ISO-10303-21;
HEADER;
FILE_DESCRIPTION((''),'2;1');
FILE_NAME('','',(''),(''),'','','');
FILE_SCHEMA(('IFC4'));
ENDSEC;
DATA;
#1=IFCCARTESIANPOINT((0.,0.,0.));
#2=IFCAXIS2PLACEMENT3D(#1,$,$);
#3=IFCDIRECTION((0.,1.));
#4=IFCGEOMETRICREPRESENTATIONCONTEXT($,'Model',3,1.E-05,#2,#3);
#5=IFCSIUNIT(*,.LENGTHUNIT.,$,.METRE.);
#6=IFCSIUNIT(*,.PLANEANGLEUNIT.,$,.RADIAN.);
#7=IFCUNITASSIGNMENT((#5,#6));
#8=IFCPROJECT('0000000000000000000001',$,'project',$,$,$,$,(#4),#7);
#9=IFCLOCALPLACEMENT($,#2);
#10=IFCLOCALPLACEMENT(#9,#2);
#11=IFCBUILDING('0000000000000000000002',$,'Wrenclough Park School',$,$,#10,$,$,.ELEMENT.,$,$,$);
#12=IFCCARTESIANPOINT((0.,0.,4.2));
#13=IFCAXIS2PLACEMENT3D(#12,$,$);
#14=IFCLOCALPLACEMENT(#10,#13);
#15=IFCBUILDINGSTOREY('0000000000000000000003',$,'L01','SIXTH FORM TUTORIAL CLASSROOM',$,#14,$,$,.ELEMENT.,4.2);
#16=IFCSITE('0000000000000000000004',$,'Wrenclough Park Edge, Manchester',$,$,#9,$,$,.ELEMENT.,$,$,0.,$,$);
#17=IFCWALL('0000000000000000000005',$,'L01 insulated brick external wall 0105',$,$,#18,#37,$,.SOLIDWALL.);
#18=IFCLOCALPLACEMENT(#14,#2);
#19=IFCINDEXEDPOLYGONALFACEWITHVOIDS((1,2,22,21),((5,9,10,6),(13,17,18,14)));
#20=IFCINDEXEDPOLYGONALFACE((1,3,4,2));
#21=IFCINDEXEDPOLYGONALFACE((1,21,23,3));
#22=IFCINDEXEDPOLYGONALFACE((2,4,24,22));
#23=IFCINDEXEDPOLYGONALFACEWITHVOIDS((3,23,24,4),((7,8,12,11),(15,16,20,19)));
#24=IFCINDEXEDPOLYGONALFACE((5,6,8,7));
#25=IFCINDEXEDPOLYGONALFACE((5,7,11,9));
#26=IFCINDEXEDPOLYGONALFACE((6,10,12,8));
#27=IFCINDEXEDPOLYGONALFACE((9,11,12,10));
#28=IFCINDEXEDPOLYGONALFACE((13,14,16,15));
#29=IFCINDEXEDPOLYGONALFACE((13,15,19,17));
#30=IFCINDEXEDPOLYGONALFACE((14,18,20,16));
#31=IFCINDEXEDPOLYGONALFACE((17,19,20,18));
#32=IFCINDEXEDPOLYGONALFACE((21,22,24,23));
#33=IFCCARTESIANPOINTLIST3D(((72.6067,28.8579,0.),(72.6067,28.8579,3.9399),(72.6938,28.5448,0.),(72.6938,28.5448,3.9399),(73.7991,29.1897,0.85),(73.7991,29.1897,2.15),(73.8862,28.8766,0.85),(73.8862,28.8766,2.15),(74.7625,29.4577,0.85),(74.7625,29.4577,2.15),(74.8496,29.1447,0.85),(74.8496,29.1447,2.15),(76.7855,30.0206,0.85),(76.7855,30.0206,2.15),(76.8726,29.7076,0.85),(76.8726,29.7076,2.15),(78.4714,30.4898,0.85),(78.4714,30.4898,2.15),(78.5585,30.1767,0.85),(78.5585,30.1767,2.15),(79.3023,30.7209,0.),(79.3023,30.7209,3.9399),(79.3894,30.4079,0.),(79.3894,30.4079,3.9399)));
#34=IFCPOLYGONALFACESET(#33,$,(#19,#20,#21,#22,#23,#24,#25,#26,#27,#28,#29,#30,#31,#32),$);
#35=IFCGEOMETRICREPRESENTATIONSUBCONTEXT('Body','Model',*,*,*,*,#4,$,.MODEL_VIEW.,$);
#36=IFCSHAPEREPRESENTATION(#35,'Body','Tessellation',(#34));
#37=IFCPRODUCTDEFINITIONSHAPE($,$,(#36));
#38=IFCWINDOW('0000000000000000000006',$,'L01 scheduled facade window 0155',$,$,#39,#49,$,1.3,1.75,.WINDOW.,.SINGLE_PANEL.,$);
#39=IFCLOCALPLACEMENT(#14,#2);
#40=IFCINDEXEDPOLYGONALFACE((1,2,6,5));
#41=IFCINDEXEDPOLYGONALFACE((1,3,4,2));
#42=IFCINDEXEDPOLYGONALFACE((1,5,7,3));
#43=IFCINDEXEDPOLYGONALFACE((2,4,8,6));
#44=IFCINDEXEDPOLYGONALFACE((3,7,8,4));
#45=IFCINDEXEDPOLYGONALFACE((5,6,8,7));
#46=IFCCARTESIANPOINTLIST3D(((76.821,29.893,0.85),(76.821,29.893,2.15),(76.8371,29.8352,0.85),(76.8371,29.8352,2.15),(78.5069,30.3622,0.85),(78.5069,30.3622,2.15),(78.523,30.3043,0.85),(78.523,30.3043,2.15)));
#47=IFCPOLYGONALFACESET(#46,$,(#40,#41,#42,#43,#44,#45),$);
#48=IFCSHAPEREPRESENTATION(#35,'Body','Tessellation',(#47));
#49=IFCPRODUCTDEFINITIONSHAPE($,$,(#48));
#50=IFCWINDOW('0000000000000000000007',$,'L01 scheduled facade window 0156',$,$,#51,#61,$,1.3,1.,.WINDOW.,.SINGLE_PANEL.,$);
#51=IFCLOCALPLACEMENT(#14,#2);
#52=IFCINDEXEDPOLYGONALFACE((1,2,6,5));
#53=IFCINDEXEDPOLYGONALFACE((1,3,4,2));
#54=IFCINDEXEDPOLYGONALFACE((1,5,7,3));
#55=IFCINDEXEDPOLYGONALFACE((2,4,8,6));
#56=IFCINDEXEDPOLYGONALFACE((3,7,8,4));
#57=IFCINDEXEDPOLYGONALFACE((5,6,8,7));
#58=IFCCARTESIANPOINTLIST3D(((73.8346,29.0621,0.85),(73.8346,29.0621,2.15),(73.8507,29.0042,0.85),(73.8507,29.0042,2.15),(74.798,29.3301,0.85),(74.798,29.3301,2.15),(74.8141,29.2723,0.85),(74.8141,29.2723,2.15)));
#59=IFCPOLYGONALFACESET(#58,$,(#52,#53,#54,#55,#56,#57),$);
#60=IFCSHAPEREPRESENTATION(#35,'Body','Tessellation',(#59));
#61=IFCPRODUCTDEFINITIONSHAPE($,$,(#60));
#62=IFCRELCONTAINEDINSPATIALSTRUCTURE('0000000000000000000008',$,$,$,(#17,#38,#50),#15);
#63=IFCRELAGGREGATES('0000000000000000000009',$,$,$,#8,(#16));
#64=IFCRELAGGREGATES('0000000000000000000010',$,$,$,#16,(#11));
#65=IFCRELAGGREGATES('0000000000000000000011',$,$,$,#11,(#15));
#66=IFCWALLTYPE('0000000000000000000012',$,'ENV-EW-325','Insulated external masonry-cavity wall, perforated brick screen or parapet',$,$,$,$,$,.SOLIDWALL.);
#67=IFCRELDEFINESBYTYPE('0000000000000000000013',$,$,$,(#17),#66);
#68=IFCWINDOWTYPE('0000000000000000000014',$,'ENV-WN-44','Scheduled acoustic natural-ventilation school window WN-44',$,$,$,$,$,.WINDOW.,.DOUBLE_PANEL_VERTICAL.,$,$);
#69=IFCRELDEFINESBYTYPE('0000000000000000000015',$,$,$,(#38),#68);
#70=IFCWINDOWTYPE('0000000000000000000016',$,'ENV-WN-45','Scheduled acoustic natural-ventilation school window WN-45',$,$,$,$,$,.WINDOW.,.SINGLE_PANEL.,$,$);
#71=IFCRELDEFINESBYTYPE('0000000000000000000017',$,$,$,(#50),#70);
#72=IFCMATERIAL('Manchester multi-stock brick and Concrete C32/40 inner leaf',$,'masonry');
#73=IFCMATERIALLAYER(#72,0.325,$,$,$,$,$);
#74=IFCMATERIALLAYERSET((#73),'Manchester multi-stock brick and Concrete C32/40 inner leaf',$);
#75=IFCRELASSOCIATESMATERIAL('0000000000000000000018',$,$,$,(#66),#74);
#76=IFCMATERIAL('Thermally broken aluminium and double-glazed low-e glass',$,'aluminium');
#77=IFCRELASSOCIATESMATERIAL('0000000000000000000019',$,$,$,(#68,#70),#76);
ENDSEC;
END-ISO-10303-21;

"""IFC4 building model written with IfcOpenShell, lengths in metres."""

from ifc_helpers import new_model, si_unit, direction, frame, frame_2d, origin, place, context, subcontext, project, spatial, rectangle, extrude, material, layer, layer_set, type_object, element, fill, save


model = new_model("IFC4")

# Units and contexts
model_context = context("Model", 3, precision=1e-05, world=origin(), true_north=direction((0.0, 1.0)))
body_context = subcontext(model_context, "Body", "Model", "MODEL_VIEW")
ifc_project = project(units=[si_unit("LENGTHUNIT", "METRE"), si_unit("PLANEANGLEUNIT", "RADIAN")], contexts=[model_context])

# Site, building, storey
site_placement = place(None, origin())
site = spatial("IfcSite", under=ifc_project, at=site_placement, Name="Wrenclough Park Edge, Manchester", CompositionType="ELEMENT", RefElevation=0.0)
building_placement = place(site_placement, origin())
building = spatial("IfcBuilding", under=site, at=building_placement, Name="Wrenclough Park School", CompositionType="ELEMENT")
storey_placement = place(building_placement, frame((0.0, 0.0, 4.2)))
storey = spatial("IfcBuildingStorey", under=building, at=storey_placement, Name="L01", Description="SIXTH FORM TUTORIAL CLASSROOM", CompositionType="ELEMENT", Elevation=4.2)

# Wall, openings, windows
ifc_material_1 = material(Name="Manchester multi-stock brick and Concrete C32/40 inner leaf", Category="masonry")
ifc_layer_1 = layer(ifc_material_1, 0.325)
ifc_layer_set_1 = layer_set([ifc_layer_1], Name="Manchester multi-stock brick and Concrete C32/40 inner leaf")
wall_type = type_object("IfcWallType", Name="ENV-EW-325", Description="Insulated external masonry-cavity wall, perforated brick screen or parapet", PredefinedType="SOLIDWALL", material=ifc_layer_set_1)
wall_placement = place(storey_placement, frame((79.3459, 30.5645, 0.0), z_axis=(0.0, 0.0, 1.0), x_axis=(-0.963401, -0.268066, 0.0)))
wall = element("IfcWall", 1, at=wall_placement, inside=storey, type_object=wall_type, Name="L01 insulated brick external wall 0105", PredefinedType="SOLIDWALL", context=body_context, shape_type="SweptSolid", body=[
    extrude(rectangle(XDim=6.95, YDim=0.325, at=frame_2d((3.4751, 0.0))), origin(), (0.0, 0.0, 1.0), 3.9399),
])
opening_1_placement = place(wall_placement, frame((0.8625, 0.0, 0.8501)))
opening_1 = element("IfcOpeningElement", 2, at=opening_1_placement, cuts=wall, PredefinedType="OPENING", context=body_context, shape_type="SweptSolid", body=[
    extrude(rectangle(XDim=1.75, YDim=1.3, at=frame_2d((0.875, 0.6499))), frame((0.0, 0.1724, 0.0), z_axis=(0.0, -1.0, 0.0), x_axis=(1.0, 0.0, 0.0)), (0.0, 0.0, 1.0), 0.345),
])
opening_2_placement = place(wall_placement, frame((4.7124, 0.0, 0.8501)))
opening_2 = element("IfcOpeningElement", 3, at=opening_2_placement, cuts=wall, PredefinedType="OPENING", context=body_context, shape_type="SweptSolid", body=[
    extrude(rectangle(XDim=1.0, YDim=1.3, at=frame_2d((0.5, 0.6499))), frame((0.0, 0.1724, 0.0), z_axis=(0.0, -1.0, 0.0), x_axis=(1.0, 0.0, 0.0)), (0.0, 0.0, 1.0), 0.345),
])
ifc_material_2 = material(Name="Thermally broken aluminium and double-glazed low-e glass", Category="aluminium")
window_type_1 = type_object("IfcWindowType", Name="ENV-WN-44", Description="Scheduled acoustic natural-ventilation school window WN-44", PartitioningType="DOUBLE_PANEL_VERTICAL", PredefinedType="WINDOW", material=ifc_material_2)
window_1_placement = place(opening_1_placement, origin())
window_1 = element("IfcWindow", 4, at=window_1_placement, inside=storey, type_object=window_type_1, Name="L01 scheduled facade window 0155", OverallHeight=1.3, OverallWidth=1.75, PartitioningType="SINGLE_PANEL", PredefinedType="WINDOW", context=body_context, shape_type="SweptSolid", body=[
    extrude(rectangle(XDim=1.75, YDim=1.3, at=frame_2d((0.875, 0.6499))), frame((0.0, 0.03, 0.0), z_axis=(0.0, -1.0, 0.0), x_axis=(1.0, 0.0, 0.0)), (0.0, 0.0, 1.0), 0.0601),
])
fill(opening_1, window_1)
window_type_2 = type_object("IfcWindowType", Name="ENV-WN-45", Description="Scheduled acoustic natural-ventilation school window WN-45", PartitioningType="SINGLE_PANEL", PredefinedType="WINDOW", material=ifc_material_2)
window_2_placement = place(opening_2_placement, origin())
window_2 = element("IfcWindow", 5, at=window_2_placement, inside=storey, type_object=window_type_2, Name="L01 scheduled facade window 0156", OverallHeight=1.3, OverallWidth=1.0, PartitioningType="SINGLE_PANEL", PredefinedType="WINDOW", context=body_context, shape_type="SweptSolid", body=[
    extrude(rectangle(XDim=1.0, YDim=1.3, at=frame_2d((0.5, 0.6499))), frame((0.0, 0.03, 0.0), z_axis=(0.0, -1.0, 0.0), x_axis=(1.0, 0.0, 0.0)), (0.0, 0.0, 1.0), 0.0601),
])
fill(opening_2, window_2)

save(model, "model.ifc")
